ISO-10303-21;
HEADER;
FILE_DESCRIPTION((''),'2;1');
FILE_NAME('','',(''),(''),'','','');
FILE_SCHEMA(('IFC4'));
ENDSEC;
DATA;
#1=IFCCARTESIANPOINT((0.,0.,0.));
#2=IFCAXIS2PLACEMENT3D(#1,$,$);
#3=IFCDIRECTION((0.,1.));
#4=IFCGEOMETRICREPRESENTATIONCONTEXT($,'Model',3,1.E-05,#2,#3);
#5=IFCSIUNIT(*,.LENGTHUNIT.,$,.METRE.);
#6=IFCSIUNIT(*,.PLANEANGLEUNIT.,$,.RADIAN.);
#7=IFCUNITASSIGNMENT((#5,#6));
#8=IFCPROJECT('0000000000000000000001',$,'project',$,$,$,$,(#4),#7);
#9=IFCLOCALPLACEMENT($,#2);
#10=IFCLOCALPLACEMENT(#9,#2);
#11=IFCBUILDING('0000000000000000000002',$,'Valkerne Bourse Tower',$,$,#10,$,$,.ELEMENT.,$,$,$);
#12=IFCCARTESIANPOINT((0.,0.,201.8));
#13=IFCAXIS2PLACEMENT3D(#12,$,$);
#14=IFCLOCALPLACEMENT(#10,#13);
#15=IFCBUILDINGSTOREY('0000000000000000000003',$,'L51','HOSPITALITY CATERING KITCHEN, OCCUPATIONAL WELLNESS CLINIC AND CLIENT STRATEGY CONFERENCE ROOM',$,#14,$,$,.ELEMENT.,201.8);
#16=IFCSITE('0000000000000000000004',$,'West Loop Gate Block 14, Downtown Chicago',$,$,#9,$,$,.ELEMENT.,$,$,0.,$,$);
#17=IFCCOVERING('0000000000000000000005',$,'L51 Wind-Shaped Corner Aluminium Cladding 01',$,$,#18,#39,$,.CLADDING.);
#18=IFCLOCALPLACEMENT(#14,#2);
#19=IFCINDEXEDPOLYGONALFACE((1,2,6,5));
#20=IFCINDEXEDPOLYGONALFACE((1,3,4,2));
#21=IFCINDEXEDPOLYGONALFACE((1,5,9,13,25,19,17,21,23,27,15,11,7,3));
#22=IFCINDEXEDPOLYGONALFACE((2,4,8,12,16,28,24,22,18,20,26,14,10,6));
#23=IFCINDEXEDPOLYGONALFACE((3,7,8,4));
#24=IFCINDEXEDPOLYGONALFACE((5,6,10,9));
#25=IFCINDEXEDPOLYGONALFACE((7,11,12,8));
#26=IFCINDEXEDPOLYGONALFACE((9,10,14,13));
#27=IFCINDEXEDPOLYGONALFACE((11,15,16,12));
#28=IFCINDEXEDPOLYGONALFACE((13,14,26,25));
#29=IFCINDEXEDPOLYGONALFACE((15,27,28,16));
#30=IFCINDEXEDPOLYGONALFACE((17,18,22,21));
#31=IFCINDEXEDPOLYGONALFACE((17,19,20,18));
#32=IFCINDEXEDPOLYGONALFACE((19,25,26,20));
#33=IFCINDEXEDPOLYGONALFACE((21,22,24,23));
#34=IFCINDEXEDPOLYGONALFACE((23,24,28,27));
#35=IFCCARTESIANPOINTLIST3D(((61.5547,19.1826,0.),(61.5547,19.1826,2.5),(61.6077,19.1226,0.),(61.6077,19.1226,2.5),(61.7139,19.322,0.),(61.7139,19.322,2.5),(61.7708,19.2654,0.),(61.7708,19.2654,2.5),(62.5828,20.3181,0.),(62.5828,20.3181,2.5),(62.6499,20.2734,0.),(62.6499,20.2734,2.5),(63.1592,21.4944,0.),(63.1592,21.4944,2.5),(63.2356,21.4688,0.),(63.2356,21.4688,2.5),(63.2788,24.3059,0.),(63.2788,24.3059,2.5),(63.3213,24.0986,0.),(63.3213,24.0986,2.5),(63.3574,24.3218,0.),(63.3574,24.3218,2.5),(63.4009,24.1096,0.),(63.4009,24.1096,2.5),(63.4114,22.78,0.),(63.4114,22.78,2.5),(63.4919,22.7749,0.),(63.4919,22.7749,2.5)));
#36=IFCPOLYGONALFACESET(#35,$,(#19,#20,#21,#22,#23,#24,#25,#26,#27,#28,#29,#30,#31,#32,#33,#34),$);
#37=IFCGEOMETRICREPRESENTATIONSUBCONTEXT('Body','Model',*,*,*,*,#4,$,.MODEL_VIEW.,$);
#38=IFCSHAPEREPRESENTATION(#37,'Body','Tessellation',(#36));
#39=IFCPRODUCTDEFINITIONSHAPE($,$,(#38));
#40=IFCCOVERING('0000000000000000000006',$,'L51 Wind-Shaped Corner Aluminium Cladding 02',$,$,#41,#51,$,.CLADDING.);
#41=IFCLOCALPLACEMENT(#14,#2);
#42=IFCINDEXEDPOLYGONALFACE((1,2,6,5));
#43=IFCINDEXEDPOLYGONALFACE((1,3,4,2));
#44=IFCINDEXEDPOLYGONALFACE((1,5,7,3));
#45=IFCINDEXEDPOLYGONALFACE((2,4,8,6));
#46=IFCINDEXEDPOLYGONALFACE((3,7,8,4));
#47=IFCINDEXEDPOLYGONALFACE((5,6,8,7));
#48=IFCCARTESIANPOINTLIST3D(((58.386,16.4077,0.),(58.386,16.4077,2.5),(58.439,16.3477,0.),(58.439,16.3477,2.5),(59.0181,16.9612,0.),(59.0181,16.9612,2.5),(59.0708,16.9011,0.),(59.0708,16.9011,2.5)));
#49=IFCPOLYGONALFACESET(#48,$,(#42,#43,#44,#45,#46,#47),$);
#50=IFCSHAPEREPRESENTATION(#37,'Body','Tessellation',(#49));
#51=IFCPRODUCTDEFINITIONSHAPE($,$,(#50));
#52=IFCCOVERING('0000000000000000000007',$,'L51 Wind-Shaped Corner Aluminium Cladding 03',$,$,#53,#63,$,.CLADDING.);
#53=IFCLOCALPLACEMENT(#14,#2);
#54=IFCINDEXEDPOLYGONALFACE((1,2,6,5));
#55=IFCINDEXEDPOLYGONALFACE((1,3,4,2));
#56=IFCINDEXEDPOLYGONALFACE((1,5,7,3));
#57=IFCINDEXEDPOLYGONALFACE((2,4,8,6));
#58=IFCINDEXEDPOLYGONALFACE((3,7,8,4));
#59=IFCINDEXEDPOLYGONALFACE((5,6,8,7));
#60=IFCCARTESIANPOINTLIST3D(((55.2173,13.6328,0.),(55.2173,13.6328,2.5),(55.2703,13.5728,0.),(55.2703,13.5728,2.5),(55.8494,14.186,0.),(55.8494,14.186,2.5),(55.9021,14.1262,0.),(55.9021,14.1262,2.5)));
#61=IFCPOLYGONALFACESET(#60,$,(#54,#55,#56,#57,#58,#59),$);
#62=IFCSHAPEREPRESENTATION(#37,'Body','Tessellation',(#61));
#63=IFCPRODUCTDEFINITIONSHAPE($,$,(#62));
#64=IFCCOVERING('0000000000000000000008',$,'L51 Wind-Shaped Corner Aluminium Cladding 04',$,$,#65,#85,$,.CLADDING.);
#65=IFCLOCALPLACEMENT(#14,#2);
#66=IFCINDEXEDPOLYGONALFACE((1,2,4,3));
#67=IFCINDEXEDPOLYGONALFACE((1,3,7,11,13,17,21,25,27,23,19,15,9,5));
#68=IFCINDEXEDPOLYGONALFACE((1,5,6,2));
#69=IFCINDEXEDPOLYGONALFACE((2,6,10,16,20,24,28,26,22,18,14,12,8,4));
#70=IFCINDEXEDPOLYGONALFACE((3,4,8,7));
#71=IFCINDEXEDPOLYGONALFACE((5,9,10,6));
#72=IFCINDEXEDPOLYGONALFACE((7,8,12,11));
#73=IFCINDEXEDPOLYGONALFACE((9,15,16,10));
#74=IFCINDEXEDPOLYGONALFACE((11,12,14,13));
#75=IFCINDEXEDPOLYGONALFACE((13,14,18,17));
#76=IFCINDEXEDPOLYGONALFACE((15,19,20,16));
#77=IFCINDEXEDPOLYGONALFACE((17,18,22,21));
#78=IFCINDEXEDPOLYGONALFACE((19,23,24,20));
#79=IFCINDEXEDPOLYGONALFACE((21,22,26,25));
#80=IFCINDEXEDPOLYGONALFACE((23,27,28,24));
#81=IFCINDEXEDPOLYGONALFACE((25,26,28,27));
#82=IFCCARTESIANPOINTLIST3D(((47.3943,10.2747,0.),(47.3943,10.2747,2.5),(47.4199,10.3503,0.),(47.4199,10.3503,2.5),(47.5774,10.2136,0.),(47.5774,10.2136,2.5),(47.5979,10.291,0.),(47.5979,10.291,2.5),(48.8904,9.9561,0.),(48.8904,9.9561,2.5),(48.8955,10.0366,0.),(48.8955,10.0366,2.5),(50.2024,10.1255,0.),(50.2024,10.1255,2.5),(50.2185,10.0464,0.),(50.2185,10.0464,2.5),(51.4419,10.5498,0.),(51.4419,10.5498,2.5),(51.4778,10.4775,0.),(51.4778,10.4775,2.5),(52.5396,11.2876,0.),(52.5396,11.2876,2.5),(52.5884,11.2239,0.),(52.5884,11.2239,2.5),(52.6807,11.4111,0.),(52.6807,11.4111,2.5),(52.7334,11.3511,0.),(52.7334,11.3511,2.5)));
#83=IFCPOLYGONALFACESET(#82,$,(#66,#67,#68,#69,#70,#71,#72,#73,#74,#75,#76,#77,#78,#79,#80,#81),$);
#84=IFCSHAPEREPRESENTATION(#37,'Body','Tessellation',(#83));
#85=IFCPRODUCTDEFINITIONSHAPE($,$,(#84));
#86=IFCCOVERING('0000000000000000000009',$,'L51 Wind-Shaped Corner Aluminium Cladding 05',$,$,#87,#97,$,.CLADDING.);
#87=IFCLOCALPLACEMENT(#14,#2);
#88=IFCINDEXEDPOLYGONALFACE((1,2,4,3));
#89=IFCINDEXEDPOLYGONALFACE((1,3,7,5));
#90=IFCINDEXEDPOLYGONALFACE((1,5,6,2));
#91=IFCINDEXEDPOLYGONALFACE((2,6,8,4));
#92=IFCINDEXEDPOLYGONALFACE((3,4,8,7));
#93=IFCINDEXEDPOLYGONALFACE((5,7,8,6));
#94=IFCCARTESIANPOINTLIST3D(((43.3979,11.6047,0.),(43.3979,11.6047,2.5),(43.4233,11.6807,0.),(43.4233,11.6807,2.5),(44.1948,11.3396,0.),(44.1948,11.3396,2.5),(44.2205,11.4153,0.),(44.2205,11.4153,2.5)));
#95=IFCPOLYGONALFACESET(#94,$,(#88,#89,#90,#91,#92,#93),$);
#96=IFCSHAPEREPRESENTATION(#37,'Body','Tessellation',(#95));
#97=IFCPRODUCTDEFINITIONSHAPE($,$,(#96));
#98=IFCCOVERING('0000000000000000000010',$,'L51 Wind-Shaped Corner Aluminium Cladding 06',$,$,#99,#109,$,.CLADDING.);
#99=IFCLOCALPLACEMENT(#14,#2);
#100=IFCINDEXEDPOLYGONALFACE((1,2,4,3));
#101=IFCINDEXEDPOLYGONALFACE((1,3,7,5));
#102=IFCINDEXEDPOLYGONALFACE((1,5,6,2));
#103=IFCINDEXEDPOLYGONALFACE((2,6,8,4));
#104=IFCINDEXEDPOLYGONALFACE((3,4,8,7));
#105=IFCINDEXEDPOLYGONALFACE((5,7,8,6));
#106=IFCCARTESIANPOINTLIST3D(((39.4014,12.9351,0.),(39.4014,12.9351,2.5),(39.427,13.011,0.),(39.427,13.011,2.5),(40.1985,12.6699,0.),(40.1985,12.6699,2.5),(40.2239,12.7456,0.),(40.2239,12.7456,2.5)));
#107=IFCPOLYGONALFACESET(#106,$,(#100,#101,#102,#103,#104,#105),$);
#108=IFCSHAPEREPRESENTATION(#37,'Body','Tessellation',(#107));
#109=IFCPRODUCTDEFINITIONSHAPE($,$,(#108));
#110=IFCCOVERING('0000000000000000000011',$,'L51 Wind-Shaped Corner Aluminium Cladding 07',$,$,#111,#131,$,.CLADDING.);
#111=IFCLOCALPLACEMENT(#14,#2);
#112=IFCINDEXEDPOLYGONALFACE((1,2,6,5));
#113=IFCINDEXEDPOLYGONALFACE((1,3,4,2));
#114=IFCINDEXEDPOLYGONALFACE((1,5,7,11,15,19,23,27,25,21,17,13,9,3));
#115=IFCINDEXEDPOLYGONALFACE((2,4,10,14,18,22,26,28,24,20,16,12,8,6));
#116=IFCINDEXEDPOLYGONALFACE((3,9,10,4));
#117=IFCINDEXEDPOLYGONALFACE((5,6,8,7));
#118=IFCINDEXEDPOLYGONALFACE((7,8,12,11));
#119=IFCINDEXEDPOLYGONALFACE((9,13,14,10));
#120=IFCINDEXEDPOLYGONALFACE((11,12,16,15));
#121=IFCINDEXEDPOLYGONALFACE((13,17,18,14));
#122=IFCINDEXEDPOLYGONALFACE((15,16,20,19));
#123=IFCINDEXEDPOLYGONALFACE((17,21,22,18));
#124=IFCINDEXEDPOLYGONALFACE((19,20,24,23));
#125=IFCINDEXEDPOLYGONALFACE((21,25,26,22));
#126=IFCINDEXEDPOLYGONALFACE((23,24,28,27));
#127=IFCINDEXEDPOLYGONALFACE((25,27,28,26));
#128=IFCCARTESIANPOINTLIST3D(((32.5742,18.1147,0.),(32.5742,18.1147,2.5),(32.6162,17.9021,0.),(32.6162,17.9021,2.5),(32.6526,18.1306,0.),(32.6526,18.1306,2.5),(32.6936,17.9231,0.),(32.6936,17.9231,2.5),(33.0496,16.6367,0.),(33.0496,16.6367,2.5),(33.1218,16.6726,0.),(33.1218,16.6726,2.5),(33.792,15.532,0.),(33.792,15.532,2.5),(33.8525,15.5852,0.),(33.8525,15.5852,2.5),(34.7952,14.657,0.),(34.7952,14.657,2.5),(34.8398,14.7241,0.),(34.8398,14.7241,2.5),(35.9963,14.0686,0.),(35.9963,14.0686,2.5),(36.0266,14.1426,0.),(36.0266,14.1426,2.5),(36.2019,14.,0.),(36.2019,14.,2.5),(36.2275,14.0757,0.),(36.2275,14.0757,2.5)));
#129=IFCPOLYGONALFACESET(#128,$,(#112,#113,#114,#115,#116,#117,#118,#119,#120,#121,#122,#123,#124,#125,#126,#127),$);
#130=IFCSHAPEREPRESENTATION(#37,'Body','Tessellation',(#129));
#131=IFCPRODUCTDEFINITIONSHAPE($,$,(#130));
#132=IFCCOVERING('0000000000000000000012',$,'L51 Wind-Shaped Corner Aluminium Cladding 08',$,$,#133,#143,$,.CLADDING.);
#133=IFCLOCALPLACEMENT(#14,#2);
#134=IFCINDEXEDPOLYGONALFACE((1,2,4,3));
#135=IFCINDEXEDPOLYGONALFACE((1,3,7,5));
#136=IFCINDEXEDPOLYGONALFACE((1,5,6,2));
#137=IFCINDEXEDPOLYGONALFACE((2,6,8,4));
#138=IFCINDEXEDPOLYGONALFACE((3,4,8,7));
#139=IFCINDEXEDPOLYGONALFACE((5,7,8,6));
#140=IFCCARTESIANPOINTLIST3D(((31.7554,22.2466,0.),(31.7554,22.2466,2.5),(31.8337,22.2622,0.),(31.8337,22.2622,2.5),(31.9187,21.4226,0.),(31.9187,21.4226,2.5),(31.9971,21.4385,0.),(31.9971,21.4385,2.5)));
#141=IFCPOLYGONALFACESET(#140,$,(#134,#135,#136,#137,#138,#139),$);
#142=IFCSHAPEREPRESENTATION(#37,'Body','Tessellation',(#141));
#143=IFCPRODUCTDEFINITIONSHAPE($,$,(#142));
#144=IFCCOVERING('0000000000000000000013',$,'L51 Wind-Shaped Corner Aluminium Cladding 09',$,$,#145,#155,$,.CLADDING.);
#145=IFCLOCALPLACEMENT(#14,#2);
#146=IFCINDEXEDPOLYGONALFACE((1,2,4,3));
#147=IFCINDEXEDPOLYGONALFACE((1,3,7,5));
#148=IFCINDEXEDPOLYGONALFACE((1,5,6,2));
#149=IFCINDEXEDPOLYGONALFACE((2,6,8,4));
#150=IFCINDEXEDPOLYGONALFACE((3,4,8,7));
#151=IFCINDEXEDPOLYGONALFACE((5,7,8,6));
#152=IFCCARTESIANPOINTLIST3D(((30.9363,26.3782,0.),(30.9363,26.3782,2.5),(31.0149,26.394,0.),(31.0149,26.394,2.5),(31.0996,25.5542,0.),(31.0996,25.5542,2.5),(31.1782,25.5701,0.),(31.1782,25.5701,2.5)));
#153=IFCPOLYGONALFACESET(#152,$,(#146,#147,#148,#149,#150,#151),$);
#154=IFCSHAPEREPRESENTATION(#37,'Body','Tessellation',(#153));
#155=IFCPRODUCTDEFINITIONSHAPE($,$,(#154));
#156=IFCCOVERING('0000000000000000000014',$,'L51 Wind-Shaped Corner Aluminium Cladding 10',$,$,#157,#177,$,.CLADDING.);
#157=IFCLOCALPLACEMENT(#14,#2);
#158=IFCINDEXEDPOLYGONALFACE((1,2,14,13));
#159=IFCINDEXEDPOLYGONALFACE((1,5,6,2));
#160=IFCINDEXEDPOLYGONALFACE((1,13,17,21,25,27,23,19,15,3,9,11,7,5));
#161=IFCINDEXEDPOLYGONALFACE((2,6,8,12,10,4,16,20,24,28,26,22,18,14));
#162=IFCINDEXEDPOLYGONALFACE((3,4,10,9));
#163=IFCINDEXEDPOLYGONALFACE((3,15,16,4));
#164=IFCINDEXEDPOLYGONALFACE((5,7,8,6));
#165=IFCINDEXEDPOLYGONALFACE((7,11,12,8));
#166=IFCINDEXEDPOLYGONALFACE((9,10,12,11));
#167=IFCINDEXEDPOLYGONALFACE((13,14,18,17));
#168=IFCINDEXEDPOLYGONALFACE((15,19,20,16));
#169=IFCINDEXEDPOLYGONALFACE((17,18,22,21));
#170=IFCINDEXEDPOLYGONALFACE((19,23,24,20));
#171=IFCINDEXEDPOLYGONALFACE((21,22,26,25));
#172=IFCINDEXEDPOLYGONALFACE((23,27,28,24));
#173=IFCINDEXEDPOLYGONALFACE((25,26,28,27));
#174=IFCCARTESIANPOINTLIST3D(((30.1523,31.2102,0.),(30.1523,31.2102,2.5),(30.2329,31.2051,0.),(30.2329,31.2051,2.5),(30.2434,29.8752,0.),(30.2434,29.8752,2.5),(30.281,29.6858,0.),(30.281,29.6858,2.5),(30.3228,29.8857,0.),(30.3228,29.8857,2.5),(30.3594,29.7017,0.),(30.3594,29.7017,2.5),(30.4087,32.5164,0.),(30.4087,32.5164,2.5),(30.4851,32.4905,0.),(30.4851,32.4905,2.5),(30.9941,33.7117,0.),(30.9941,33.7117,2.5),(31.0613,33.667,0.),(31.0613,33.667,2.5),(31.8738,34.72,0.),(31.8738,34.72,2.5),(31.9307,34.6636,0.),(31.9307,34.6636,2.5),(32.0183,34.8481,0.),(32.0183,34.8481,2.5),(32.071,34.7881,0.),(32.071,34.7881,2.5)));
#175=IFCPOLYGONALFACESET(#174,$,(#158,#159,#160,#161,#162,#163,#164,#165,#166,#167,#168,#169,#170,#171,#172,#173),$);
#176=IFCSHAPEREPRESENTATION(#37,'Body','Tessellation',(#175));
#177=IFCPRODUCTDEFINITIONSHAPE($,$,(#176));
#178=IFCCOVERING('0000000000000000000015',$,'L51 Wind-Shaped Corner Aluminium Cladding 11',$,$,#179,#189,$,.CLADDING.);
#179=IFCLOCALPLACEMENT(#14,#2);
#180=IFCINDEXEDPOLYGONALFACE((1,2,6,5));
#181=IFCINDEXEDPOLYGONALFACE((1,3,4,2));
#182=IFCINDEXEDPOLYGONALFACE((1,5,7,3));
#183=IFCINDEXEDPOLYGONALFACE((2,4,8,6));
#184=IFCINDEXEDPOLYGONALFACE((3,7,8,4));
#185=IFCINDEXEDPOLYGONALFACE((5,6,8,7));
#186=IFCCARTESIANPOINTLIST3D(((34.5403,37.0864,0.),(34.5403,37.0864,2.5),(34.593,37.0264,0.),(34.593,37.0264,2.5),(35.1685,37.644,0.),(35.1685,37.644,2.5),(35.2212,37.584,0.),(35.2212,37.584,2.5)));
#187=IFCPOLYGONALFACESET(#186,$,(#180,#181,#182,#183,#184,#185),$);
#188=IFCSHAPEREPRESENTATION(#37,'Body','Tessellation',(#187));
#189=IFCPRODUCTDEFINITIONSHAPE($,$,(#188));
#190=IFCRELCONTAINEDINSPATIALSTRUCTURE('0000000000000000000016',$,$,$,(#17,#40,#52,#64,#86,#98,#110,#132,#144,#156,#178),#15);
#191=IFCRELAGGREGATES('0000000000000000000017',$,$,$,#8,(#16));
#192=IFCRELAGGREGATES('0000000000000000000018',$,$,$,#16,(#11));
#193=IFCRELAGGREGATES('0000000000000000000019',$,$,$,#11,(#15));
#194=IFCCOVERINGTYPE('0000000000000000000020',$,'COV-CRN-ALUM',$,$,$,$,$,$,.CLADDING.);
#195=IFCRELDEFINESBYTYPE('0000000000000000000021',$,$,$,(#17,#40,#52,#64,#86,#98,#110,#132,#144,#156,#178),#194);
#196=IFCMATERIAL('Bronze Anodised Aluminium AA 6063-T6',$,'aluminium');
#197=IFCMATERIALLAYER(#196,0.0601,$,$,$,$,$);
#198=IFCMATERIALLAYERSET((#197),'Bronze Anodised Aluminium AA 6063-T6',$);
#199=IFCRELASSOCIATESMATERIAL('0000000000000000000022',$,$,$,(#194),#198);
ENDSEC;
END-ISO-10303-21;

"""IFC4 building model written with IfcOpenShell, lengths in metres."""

from ifc_helpers import new_model, si_unit, direction, frame, origin, place, context, subcontext, project, spatial, polyline, outline, extrude, material, layer, layer_set, type_object, element, save


model = new_model("IFC4")

# Units and contexts
model_context = context("Model", 3, precision=1e-05, world=origin(), true_north=direction((0.0, 1.0)))
body_context = subcontext(model_context, "Body", "Model", "MODEL_VIEW")
ifc_project = project(units=[si_unit("LENGTHUNIT", "METRE"), si_unit("PLANEANGLEUNIT", "RADIAN")], contexts=[model_context])

# Site, building, storey
site_placement = place(None, origin())
site = spatial("IfcSite", under=ifc_project, at=site_placement, Name="West Loop Gate Block 14, Downtown Chicago", CompositionType="ELEMENT", RefElevation=0.0)
building_placement = place(site_placement, origin())
building = spatial("IfcBuilding", under=site, at=building_placement, Name="Valkerne Bourse Tower", CompositionType="ELEMENT")
storey_placement = place(building_placement, frame((0.0, 0.0, 201.8)))
storey = spatial("IfcBuildingStorey", under=building, at=storey_placement, Name="L51", Description="HOSPITALITY CATERING KITCHEN, OCCUPATIONAL WELLNESS CLINIC AND CLIENT STRATEGY CONFERENCE ROOM", CompositionType="ELEMENT", Elevation=201.8)

# Coverings
ifc_material_1 = material(Name="Bronze Anodised Aluminium AA 6063-T6", Category="aluminium")
ifc_layer_1 = layer(ifc_material_1, 0.0601)
ifc_layer_set_1 = layer_set([ifc_layer_1], Name="Bronze Anodised Aluminium AA 6063-T6")
covering_type = type_object("IfcCoveringType", Name="COV-CRN-ALUM", PredefinedType="CLADDING", material=ifc_layer_set_1)
covering_1_placement = place(storey_placement, origin())
element("IfcCovering", 1, at=covering_1_placement, inside=storey, type_object=covering_type, Name="L51 Wind-Shaped Corner Aluminium Cladding 01", PredefinedType="CLADDING", context=body_context, shape_type="SweptSolid", body=[
    extrude(outline(polyline([(63.4919, 22.7749), (63.2356, 21.4688), (62.6499, 20.2734), (61.7708, 19.2654), (61.6077, 19.1226), (61.5547, 19.1826), (61.7139, 19.322), (62.5828, 20.3181), (63.1592, 21.4944), (63.4114, 22.78), (63.3213, 24.0986), (63.2788, 24.3059), (63.3574, 24.3218), (63.4009, 24.1096), (63.4919, 22.7749)])), origin(), (0.0, 0.0, 1.0), 2.5),
])
covering_2_placement = place(storey_placement, origin())
element("IfcCovering", 2, at=covering_2_placement, inside=storey, type_object=covering_type, Name="L51 Wind-Shaped Corner Aluminium Cladding 02", PredefinedType="CLADDING", context=body_context, shape_type="SweptSolid", body=[
    extrude(outline(polyline([(58.439, 16.3477), (58.386, 16.4077), (59.0181, 16.9612), (59.0708, 16.9011), (58.439, 16.3477)])), origin(), (0.0, 0.0, 1.0), 2.5),
])
covering_3_placement = place(storey_placement, origin())
element("IfcCovering", 3, at=covering_3_placement, inside=storey, type_object=covering_type, Name="L51 Wind-Shaped Corner Aluminium Cladding 03", PredefinedType="CLADDING", context=body_context, shape_type="SweptSolid", body=[
    extrude(outline(polyline([(55.2703, 13.5728), (55.2173, 13.6328), (55.8494, 14.186), (55.9021, 14.1262), (55.2703, 13.5728)])), origin(), (0.0, 0.0, 1.0), 2.5),
])
covering_4_placement = place(storey_placement, origin())
element("IfcCovering", 4, at=covering_4_placement, inside=storey, type_object=covering_type, Name="L51 Wind-Shaped Corner Aluminium Cladding 04", PredefinedType="CLADDING", context=body_context, shape_type="SweptSolid", body=[
    extrude(outline(polyline([(52.5884, 11.2239), (51.4778, 10.4775), (50.2185, 10.0464), (48.8904, 9.9561), (47.5774, 10.2136), (47.3943, 10.2747), (47.4199, 10.3503), (47.5979, 10.291), (48.8955, 10.0366), (50.2024, 10.1255), (51.4419, 10.5498), (52.5396, 11.2876), (52.6807, 11.4111), (52.7334, 11.3511), (52.5884, 11.2239)])), origin(), (0.0, 0.0, 1.0), 2.5),
])
covering_5_placement = place(storey_placement, origin())
element("IfcCovering", 5, at=covering_5_placement, inside=storey, type_object=covering_type, Name="L51 Wind-Shaped Corner Aluminium Cladding 05", PredefinedType="CLADDING", context=body_context, shape_type="SweptSolid", body=[
    extrude(outline(polyline([(43.3979, 11.6047), (43.4233, 11.6807), (44.2205, 11.4153), (44.1948, 11.3396), (43.3979, 11.6047)])), origin(), (0.0, 0.0, 1.0), 2.5),
])
covering_6_placement = place(storey_placement, origin())
element("IfcCovering", 6, at=covering_6_placement, inside=storey, type_object=covering_type, Name="L51 Wind-Shaped Corner Aluminium Cladding 06", PredefinedType="CLADDING", context=body_context, shape_type="SweptSolid", body=[
    extrude(outline(polyline([(39.4014, 12.9351), (39.427, 13.011), (40.2239, 12.7456), (40.1985, 12.6699), (39.4014, 12.9351)])), origin(), (0.0, 0.0, 1.0), 2.5),
])
covering_7_placement = place(storey_placement, origin())
element("IfcCovering", 7, at=covering_7_placement, inside=storey, type_object=covering_type, Name="L51 Wind-Shaped Corner Aluminium Cladding 07", PredefinedType="CLADDING", context=body_context, shape_type="SweptSolid", body=[
    extrude(outline(polyline([(35.9963, 14.0686), (34.7952, 14.657), (33.792, 15.532), (33.0496, 16.6367), (32.6162, 17.9021), (32.5742, 18.1147), (32.6526, 18.1306), (32.6936, 17.9231), (33.1218, 16.6726), (33.8525, 15.5852), (34.8398, 14.7241), (36.0266, 14.1426), (36.2275, 14.0757), (36.2019, 14.0), (35.9963, 14.0686)])), origin(), (0.0, 0.0, 1.0), 2.5),
])
covering_8_placement = place(storey_placement, origin())
element("IfcCovering", 8, at=covering_8_placement, inside=storey, type_object=covering_type, Name="L51 Wind-Shaped Corner Aluminium Cladding 08", PredefinedType="CLADDING", context=body_context, shape_type="SweptSolid", body=[
    extrude(outline(polyline([(31.7554, 22.2466), (31.8337, 22.2622), (31.9971, 21.4385), (31.9187, 21.4226), (31.7554, 22.2466)])), origin(), (0.0, 0.0, 1.0), 2.5),
])
covering_9_placement = place(storey_placement, origin())
element("IfcCovering", 9, at=covering_9_placement, inside=storey, type_object=covering_type, Name="L51 Wind-Shaped Corner Aluminium Cladding 09", PredefinedType="CLADDING", context=body_context, shape_type="SweptSolid", body=[
    extrude(outline(polyline([(30.9363, 26.3782), (31.0149, 26.394), (31.1782, 25.5701), (31.0996, 25.5542), (30.9363, 26.3782)])), origin(), (0.0, 0.0, 1.0), 2.5),
])
covering_10_placement = place(storey_placement, origin())
element("IfcCovering", 10, at=covering_10_placement, inside=storey, type_object=covering_type, Name="L51 Wind-Shaped Corner Aluminium Cladding 10", PredefinedType="CLADDING", context=body_context, shape_type="SweptSolid", body=[
    extrude(outline(polyline([(30.2434, 29.8752), (30.1523, 31.2102), (30.4087, 32.5164), (30.9941, 33.7117), (31.8738, 34.72), (32.0183, 34.8481), (32.071, 34.7881), (31.9307, 34.6636), (31.0613, 33.667), (30.4851, 32.4905), (30.2329, 31.2051), (30.3228, 29.8857), (30.3594, 29.7017), (30.281, 29.6858), (30.2434, 29.8752)])), origin(), (0.0, 0.0, 1.0), 2.5),
])
covering_11_placement = place(storey_placement, origin())
element("IfcCovering", 11, at=covering_11_placement, inside=storey, type_object=covering_type, Name="L51 Wind-Shaped Corner Aluminium Cladding 11", PredefinedType="CLADDING", context=body_context, shape_type="SweptSolid", body=[
    extrude(outline(polyline([(35.1685, 37.644), (35.2212, 37.584), (34.593, 37.0264), (34.5403, 37.0864), (35.1685, 37.644)])), origin(), (0.0, 0.0, 1.0), 2.5),
])

save(model, "model.ifc")
